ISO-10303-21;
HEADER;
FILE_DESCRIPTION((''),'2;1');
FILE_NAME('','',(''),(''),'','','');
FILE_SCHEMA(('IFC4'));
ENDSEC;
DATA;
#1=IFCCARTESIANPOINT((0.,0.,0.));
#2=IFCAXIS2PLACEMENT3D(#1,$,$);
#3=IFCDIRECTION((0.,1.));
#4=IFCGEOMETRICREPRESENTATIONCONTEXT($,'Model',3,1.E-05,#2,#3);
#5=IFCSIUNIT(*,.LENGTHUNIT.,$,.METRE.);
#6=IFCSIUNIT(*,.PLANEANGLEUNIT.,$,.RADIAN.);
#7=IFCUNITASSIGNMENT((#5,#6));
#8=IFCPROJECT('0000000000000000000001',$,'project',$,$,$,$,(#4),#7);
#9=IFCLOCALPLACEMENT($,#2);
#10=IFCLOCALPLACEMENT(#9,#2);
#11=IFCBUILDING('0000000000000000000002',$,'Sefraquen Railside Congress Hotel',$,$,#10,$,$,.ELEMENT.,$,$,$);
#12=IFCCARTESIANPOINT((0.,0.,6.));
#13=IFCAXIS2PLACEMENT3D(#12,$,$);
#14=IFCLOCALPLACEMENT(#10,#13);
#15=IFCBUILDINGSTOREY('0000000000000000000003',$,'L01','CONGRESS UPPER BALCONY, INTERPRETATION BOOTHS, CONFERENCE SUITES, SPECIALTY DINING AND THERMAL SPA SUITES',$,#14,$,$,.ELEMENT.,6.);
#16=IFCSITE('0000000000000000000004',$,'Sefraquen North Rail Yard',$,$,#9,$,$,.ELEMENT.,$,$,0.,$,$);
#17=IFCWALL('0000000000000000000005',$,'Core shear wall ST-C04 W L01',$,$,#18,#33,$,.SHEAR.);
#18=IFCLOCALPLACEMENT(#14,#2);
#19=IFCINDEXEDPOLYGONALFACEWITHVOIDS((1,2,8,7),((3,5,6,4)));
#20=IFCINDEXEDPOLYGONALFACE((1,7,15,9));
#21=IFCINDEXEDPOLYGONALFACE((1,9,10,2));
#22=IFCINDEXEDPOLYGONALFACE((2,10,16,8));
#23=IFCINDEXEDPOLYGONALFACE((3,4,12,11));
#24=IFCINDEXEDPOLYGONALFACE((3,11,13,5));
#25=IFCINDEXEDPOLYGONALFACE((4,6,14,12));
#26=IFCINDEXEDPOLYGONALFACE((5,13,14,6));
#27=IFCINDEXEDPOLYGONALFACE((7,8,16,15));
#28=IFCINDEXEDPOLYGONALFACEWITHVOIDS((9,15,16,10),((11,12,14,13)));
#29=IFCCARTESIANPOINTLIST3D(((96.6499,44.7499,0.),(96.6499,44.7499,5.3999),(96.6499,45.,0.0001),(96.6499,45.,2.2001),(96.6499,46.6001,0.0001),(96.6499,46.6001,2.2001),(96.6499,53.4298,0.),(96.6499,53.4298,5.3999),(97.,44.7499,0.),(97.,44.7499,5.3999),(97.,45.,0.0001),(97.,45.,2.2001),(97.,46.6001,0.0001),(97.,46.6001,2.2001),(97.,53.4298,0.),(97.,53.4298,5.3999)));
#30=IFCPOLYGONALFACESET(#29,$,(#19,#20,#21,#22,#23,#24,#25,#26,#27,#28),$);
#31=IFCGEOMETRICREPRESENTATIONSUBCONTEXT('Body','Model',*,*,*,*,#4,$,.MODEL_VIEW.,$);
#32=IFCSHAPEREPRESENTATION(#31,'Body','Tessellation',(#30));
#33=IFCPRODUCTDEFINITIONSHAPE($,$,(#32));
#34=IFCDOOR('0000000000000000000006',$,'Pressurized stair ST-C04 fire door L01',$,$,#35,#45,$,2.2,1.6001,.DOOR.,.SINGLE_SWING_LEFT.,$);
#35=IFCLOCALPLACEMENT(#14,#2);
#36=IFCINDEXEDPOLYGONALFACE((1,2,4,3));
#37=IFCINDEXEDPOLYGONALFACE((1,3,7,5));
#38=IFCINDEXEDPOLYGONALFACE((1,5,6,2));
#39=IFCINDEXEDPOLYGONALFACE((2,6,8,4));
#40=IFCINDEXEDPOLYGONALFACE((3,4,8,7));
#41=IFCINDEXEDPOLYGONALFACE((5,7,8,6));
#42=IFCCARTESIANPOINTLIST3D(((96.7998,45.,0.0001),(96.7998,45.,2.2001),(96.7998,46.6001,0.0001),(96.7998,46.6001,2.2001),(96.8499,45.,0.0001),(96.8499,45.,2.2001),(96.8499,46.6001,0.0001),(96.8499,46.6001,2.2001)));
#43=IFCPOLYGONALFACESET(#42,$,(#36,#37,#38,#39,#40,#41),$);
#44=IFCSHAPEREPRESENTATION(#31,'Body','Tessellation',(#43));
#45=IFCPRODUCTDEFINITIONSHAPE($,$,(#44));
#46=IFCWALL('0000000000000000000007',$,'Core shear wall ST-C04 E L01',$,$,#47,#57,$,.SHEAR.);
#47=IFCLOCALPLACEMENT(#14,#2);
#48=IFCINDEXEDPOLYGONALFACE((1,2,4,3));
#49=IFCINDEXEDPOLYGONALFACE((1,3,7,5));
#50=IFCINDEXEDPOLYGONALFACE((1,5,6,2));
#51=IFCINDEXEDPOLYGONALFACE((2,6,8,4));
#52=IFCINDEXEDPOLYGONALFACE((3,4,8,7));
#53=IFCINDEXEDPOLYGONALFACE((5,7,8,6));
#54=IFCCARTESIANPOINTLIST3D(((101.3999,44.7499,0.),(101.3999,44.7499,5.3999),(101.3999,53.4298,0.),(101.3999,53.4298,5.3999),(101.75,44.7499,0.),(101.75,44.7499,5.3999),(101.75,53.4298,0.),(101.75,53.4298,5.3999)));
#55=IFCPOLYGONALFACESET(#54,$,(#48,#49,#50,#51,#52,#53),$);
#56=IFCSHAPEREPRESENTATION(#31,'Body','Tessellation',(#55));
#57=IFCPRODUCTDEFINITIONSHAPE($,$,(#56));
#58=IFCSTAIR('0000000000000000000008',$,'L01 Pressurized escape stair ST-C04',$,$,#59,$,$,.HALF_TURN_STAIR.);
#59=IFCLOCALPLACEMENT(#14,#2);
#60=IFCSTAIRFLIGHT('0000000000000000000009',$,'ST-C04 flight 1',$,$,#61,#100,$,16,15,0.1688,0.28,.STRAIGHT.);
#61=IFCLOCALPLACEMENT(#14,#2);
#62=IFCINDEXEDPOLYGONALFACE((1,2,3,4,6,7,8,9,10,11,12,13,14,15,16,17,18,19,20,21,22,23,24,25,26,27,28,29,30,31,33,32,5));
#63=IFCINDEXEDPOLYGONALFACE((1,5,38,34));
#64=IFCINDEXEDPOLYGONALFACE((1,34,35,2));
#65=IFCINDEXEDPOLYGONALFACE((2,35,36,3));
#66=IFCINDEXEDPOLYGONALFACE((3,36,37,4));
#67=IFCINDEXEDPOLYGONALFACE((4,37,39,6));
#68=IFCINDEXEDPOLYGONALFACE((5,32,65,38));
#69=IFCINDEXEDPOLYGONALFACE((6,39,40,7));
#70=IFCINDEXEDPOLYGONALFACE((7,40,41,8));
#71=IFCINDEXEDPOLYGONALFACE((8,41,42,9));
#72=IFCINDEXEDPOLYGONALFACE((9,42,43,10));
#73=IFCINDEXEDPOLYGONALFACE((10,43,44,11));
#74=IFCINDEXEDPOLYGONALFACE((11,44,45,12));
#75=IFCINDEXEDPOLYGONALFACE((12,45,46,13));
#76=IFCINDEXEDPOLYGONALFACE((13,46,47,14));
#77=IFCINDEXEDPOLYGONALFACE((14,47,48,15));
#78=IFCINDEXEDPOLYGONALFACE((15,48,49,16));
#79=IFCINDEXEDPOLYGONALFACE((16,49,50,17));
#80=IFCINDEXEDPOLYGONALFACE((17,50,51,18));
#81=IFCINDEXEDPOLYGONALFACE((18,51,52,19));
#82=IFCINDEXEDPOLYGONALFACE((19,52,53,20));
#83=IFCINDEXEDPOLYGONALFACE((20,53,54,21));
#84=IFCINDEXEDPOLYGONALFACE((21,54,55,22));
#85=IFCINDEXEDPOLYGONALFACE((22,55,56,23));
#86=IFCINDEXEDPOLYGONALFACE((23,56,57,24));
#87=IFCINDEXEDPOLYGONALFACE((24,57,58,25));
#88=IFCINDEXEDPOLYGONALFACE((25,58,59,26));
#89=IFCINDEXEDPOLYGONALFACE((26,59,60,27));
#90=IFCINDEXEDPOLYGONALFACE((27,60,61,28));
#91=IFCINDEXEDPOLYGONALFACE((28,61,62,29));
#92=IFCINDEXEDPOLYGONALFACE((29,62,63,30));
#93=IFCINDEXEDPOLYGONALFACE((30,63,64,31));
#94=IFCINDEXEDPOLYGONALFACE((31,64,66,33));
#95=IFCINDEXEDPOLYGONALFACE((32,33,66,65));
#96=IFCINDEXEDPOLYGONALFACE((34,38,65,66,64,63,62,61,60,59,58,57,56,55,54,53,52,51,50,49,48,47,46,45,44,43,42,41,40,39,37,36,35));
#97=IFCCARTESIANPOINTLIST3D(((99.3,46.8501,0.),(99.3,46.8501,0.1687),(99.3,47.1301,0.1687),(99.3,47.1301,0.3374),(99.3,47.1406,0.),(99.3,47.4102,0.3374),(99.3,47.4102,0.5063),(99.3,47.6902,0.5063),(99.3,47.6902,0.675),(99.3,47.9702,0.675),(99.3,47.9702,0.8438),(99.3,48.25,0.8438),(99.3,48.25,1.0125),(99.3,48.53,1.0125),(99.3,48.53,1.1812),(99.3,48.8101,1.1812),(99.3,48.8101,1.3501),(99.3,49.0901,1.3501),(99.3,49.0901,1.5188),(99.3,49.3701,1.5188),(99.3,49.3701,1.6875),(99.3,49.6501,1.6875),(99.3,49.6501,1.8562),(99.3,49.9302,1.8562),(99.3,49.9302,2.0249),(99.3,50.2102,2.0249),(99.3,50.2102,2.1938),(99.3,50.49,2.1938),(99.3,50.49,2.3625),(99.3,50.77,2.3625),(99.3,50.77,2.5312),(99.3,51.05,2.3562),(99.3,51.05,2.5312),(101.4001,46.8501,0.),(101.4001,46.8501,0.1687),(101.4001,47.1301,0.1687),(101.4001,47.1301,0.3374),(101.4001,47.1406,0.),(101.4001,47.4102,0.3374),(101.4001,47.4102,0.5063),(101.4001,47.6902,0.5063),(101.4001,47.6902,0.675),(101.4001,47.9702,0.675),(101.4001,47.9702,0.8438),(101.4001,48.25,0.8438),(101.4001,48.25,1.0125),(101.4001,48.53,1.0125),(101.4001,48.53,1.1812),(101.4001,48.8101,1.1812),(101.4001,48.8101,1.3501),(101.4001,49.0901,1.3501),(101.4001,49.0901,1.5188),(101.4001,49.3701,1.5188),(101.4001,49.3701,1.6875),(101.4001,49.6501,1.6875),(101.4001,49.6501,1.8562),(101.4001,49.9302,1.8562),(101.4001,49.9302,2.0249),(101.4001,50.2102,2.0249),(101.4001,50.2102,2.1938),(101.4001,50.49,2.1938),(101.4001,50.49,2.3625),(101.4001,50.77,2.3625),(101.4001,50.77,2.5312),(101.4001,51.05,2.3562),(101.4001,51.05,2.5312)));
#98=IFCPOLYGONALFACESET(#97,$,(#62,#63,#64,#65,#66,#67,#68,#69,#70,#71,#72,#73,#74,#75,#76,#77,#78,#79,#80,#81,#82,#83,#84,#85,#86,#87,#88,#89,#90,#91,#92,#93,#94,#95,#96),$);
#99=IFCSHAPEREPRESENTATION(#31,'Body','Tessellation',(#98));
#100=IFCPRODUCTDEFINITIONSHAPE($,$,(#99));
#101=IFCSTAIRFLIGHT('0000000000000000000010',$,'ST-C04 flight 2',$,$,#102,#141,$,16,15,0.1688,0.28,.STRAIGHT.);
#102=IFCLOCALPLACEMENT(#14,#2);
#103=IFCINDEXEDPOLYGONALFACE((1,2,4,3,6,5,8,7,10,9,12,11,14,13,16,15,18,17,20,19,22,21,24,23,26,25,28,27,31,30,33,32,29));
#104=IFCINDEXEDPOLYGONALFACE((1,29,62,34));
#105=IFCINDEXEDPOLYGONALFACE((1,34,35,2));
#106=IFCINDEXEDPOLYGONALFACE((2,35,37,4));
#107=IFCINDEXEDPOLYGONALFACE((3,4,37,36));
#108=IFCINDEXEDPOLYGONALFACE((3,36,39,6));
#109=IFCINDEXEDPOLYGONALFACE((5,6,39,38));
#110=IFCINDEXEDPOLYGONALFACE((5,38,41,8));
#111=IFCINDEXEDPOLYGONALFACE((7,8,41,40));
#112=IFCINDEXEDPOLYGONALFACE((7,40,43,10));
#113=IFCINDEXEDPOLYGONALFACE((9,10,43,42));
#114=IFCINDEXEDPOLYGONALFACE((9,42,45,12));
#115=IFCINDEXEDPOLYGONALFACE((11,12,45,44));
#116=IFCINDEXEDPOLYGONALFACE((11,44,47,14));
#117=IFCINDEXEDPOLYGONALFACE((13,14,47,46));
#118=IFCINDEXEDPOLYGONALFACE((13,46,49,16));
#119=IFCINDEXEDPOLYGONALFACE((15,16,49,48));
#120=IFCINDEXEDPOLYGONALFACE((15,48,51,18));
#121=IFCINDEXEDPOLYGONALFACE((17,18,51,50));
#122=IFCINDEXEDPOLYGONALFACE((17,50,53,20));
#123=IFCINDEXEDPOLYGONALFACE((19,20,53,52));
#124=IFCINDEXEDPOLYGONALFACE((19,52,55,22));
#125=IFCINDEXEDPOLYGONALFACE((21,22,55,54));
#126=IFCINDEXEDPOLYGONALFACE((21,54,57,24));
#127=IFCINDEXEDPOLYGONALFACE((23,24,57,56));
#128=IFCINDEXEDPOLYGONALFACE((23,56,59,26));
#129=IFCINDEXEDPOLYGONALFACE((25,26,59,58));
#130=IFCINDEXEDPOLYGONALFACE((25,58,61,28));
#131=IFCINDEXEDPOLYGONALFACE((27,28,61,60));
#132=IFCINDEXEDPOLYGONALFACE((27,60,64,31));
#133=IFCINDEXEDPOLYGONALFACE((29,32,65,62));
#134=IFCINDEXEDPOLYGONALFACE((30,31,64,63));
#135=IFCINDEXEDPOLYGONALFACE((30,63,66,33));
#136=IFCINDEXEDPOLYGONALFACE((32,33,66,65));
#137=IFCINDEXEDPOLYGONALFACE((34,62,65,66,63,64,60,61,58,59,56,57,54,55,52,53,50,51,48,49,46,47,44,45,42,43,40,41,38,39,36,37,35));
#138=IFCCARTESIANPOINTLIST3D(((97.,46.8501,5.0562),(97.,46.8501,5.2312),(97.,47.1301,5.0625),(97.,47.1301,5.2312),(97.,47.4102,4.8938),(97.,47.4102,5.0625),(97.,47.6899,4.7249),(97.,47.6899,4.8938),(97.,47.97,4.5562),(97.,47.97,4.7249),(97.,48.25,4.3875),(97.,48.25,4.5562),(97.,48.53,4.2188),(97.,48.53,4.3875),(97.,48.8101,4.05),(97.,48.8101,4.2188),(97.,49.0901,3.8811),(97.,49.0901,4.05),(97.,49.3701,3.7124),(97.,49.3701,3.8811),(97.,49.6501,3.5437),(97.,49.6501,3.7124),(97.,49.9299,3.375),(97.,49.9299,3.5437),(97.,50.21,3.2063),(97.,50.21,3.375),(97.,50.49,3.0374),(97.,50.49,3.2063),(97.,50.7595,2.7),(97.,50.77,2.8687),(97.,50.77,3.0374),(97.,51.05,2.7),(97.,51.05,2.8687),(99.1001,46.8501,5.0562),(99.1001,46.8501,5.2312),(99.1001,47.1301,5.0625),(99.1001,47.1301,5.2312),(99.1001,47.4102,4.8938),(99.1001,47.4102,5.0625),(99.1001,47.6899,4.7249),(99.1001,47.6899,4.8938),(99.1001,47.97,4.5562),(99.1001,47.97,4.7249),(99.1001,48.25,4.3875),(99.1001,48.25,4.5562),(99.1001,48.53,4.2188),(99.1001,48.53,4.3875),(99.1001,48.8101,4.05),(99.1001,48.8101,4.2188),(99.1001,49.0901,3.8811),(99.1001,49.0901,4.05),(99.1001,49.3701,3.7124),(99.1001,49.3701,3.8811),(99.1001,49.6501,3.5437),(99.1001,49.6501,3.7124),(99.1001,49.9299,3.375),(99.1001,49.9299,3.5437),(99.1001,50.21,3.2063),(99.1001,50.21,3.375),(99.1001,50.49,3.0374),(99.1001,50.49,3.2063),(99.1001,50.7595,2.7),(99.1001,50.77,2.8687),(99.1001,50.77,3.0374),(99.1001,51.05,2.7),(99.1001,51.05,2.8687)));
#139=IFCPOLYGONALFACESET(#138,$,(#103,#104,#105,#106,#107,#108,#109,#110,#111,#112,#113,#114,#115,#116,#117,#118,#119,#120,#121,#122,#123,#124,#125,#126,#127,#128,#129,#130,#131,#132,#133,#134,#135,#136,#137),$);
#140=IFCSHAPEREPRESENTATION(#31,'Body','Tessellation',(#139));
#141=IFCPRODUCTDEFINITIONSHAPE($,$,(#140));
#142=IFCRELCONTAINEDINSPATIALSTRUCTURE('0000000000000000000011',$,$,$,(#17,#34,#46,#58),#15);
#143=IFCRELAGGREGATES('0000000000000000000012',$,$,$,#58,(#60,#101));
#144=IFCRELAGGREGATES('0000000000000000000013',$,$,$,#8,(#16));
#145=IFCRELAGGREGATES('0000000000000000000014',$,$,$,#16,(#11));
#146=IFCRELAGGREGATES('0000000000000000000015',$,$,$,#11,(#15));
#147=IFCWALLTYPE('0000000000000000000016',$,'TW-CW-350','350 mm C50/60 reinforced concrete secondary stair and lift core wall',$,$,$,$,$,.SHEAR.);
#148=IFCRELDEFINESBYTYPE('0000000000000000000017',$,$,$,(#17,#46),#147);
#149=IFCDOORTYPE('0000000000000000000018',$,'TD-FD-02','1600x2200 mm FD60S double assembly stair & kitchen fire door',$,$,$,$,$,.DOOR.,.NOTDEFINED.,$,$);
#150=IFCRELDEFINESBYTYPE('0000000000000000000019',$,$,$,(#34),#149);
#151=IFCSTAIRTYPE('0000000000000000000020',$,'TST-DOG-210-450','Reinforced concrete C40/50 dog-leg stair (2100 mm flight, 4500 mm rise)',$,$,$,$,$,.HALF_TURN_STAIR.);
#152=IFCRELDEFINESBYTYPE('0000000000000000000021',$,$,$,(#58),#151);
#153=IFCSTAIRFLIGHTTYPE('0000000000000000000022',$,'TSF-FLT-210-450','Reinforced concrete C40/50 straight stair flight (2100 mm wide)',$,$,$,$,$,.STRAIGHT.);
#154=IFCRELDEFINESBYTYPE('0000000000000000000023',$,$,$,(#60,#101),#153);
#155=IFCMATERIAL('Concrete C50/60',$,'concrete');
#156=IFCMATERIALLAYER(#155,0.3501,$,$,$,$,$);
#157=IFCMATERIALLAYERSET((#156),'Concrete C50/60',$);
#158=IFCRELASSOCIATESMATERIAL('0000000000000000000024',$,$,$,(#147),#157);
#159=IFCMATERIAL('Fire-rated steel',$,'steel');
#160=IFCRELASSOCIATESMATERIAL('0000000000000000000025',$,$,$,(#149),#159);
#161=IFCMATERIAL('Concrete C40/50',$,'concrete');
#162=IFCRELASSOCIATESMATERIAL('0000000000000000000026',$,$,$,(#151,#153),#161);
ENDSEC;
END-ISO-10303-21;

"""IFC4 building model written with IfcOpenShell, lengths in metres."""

from ifc_helpers import new_model, si_unit, direction, frame, frame_2d, origin, place, context, subcontext, project, spatial, polyline, rectangle, outline, extrude, material, layer, layer_set, type_object, element, fill, aggregate, save


model = new_model("IFC4")

# Units and contexts
model_context = context("Model", 3, precision=1e-05, world=origin(), true_north=direction((0.0, 1.0)))
body_context = subcontext(model_context, "Body", "Model", "MODEL_VIEW")
ifc_project = project(units=[si_unit("LENGTHUNIT", "METRE"), si_unit("PLANEANGLEUNIT", "RADIAN")], contexts=[model_context])

# Site, building, storey
site_placement = place(None, origin())
site = spatial("IfcSite", under=ifc_project, at=site_placement, Name="Sefraquen North Rail Yard", CompositionType="ELEMENT", RefElevation=0.0)
building_placement = place(site_placement, origin())
building = spatial("IfcBuilding", under=site, at=building_placement, Name="Sefraquen Railside Congress Hotel", CompositionType="ELEMENT")
storey_placement = place(building_placement, frame((0.0, 0.0, 6.0)))
storey = spatial("IfcBuildingStorey", under=building, at=storey_placement, Name="L01", Description="CONGRESS UPPER BALCONY, INTERPRETATION BOOTHS, CONFERENCE SUITES, SPECIALTY DINING AND THERMAL SPA SUITES", CompositionType="ELEMENT", Elevation=6.0)

# Shared definitions
ifc_material_1 = material(Name="Concrete C50/60", Category="concrete")
ifc_layer_1 = layer(ifc_material_1, 0.3501)
ifc_layer_set_1 = layer_set([ifc_layer_1], Name="Concrete C50/60")
wall_type_1 = type_object("IfcWallType", Name="TW-CW-350", Description="350 mm C50/60 reinforced concrete secondary stair and lift core wall", PredefinedType="SHEAR", material=ifc_layer_set_1)

# Wall, opening, door
wall_1_placement = place(storey_placement, frame((96.825, 44.75, 0.0), z_axis=(0.0, 0.0, 1.0), x_axis=(0.0, 1.0, 0.0)))
wall_1 = element("IfcWall", 1, at=wall_1_placement, inside=storey, type_object=wall_type_1, Name="Core shear wall ST-C04 W L01", PredefinedType="SHEAR", context=body_context, shape_type="SweptSolid", body=[
    extrude(rectangle(XDim=8.6799, YDim=0.3501, at=frame_2d((4.3398, 0.0))), origin(), (0.0, 0.0, 1.0), 5.3999),
])
opening_1_placement = place(wall_1_placement, frame((0.25, 0.0, 0.0)))
opening_1 = element("IfcOpeningElement", 2, at=opening_1_placement, cuts=wall_1, PredefinedType="OPENING", context=body_context, shape_type="SweptSolid", body=[
    extrude(rectangle(XDim=1.6001, YDim=2.2, at=frame_2d((0.8, 1.1001))), frame((0.0, 0.1851, 0.0), z_axis=(0.0, -1.0, 0.0), x_axis=(1.0, 0.0, 0.0)), (0.0, 0.0, 1.0), 0.3701),
])
ifc_material_2 = material(Name="Fire-rated steel", Category="steel")
door_type_1 = type_object("IfcDoorType", Name="TD-FD-02", Description="1600x2200 mm FD60S double assembly stair & kitchen fire door", OperationType="NOTDEFINED", PredefinedType="DOOR", material=ifc_material_2)
door_1_placement = place(opening_1_placement, frame((1.6001, 0.0, 0.0), z_axis=(0.0, 0.0, 1.0), x_axis=(-1.0, 0.0, 0.0)))
door_1 = element("IfcDoor", 3, at=door_1_placement, inside=storey, type_object=door_type_1, Name="Pressurized stair ST-C04 fire door L01", OperationType="SINGLE_SWING_LEFT", OverallHeight=2.2, OverallWidth=1.6001, PredefinedType="DOOR", context=body_context, shape_type="SweptSolid", body=[
    extrude(rectangle(XDim=1.6001, YDim=2.2, at=frame_2d((0.8, 1.1001))), frame((0.0, 0.0249, 0.0), z_axis=(0.0, -1.0, 0.0), x_axis=(1.0, 0.0, 0.0)), (0.0, 0.0, 1.0), 0.05),
])
fill(opening_1, door_1)

# Wall
wall_2_placement = place(storey_placement, frame((101.575, 44.75, 0.0), z_axis=(0.0, 0.0, 1.0), x_axis=(0.0, 1.0, 0.0)))
element("IfcWall", 4, at=wall_2_placement, inside=storey, type_object=wall_type_1, Name="Core shear wall ST-C04 E L01", PredefinedType="SHEAR", context=body_context, shape_type="SweptSolid", body=[
    extrude(rectangle(XDim=8.6799, YDim=0.3501, at=frame_2d((4.3398, 0.0))), origin(), (0.0, 0.0, 1.0), 5.3999),
])

# Stair, stair flights
ifc_material_3 = material(Name="Concrete C40/50", Category="concrete")
stair_type = type_object("IfcStairType", Name="TST-DOG-210-450", Description="Reinforced concrete C40/50 dog-leg stair (2100 mm flight, 4500 mm rise)", PredefinedType="HALF_TURN_STAIR", material=ifc_material_3)
stair_placement = place(storey_placement, origin())
stair = element("IfcStair", 5, at=stair_placement, inside=storey, type_object=stair_type, Name="L01 Pressurized escape stair ST-C04", PredefinedType="HALF_TURN_STAIR")
stair_flight_type = type_object("IfcStairFlightType", Name="TSF-FLT-210-450", Description="Reinforced concrete C40/50 straight stair flight (2100 mm wide)", PredefinedType="STRAIGHT", material=ifc_material_3)
stair_flight_1_placement = place(storey_placement, frame((100.3501, 46.8501, 0.0), z_axis=(0.0, 0.0, 1.0), x_axis=(0.0, 1.0, 0.0)))
stair_flight_1 = element("IfcStairFlight", 6, at=stair_flight_1_placement, type_object=stair_flight_type, Name="ST-C04 flight 1", NumberOfRisers=16, NumberOfTreads=15, PredefinedType="STRAIGHT", RiserHeight=0.1688, TreadLength=0.28, context=body_context, shape_type="SweptSolid", body=[
    extrude(outline(polyline([(0.0, 0.0), (0.0, 0.1687), (0.28, 0.1687), (0.28, 0.3374), (0.5601, 0.3374), (0.5601, 0.5063), (0.8401, 0.5063), (0.8401, 0.675), (1.1201, 0.675), (1.1201, 0.8438), (1.3999, 0.8438), (1.3999, 1.0125), (1.6799, 1.0125), (1.6799, 1.1812), (1.96, 1.1812), (1.96, 1.3501), (2.24, 1.3501), (2.24, 1.5188), (2.52, 1.5188), (2.52, 1.6875), (2.8, 1.6875), (2.8, 1.8562), (3.0801, 1.8562), (3.0801, 2.0249), (3.3601, 2.0249), (3.3601, 2.1938), (3.6399, 2.1938), (3.6399, 2.3625), (3.9199, 2.3625), (3.9199, 2.5312), (4.2, 2.5312), (4.2, 2.7), (4.2, 2.3562), (0.2905, 0.0), (0.0, 0.0)])), frame((0.0, 1.05, 0.0), z_axis=(0.0, -1.0, 0.0), x_axis=(1.0, 0.0, 0.0)), (0.0, 0.0, 1.0), 2.1001),
])
stair_flight_2_placement = place(storey_placement, frame((98.05, 51.05, 2.7), z_axis=(0.0, 0.0, 1.0), x_axis=(0.0, -1.0, 0.0)))
stair_flight_2 = element("IfcStairFlight", 7, at=stair_flight_2_placement, type_object=stair_flight_type, Name="ST-C04 flight 2", NumberOfRisers=16, NumberOfTreads=15, PredefinedType="STRAIGHT", RiserHeight=0.1688, TreadLength=0.28, context=body_context, shape_type="SweptSolid", body=[
    extrude(outline(polyline([(0.0, 0.0), (0.0, 0.1687), (0.28, 0.1687), (0.28, 0.3374), (0.5601, 0.3374), (0.5601, 0.5063), (0.8401, 0.5063), (0.8401, 0.675), (1.1201, 0.675), (1.1201, 0.8438), (1.3999, 0.8438), (1.3999, 1.0125), (1.6799, 1.0125), (1.6799, 1.1812), (1.96, 1.1812), (1.96, 1.3501), (2.24, 1.3501), (2.24, 1.5188), (2.52, 1.5188), (2.52, 1.6875), (2.8, 1.6875), (2.8, 1.8562), (3.0801, 1.8562), (3.0801, 2.0249), (3.3601, 2.0249), (3.3601, 2.1938), (3.6399, 2.1938), (3.6399, 2.3625), (3.9199, 2.3625), (3.9199, 2.5312), (4.2, 2.5312), (4.2, 2.7), (4.2, 2.3562), (0.2905, 0.0), (0.0, 0.0)])), frame((0.0, 1.05, 0.0), z_axis=(0.0, -1.0, 0.0), x_axis=(1.0, 0.0, 0.0)), (0.0, 0.0, 1.0), 2.1001),
])
aggregate(stair, [stair_flight_1, stair_flight_2])

save(model, "model.ifc")
